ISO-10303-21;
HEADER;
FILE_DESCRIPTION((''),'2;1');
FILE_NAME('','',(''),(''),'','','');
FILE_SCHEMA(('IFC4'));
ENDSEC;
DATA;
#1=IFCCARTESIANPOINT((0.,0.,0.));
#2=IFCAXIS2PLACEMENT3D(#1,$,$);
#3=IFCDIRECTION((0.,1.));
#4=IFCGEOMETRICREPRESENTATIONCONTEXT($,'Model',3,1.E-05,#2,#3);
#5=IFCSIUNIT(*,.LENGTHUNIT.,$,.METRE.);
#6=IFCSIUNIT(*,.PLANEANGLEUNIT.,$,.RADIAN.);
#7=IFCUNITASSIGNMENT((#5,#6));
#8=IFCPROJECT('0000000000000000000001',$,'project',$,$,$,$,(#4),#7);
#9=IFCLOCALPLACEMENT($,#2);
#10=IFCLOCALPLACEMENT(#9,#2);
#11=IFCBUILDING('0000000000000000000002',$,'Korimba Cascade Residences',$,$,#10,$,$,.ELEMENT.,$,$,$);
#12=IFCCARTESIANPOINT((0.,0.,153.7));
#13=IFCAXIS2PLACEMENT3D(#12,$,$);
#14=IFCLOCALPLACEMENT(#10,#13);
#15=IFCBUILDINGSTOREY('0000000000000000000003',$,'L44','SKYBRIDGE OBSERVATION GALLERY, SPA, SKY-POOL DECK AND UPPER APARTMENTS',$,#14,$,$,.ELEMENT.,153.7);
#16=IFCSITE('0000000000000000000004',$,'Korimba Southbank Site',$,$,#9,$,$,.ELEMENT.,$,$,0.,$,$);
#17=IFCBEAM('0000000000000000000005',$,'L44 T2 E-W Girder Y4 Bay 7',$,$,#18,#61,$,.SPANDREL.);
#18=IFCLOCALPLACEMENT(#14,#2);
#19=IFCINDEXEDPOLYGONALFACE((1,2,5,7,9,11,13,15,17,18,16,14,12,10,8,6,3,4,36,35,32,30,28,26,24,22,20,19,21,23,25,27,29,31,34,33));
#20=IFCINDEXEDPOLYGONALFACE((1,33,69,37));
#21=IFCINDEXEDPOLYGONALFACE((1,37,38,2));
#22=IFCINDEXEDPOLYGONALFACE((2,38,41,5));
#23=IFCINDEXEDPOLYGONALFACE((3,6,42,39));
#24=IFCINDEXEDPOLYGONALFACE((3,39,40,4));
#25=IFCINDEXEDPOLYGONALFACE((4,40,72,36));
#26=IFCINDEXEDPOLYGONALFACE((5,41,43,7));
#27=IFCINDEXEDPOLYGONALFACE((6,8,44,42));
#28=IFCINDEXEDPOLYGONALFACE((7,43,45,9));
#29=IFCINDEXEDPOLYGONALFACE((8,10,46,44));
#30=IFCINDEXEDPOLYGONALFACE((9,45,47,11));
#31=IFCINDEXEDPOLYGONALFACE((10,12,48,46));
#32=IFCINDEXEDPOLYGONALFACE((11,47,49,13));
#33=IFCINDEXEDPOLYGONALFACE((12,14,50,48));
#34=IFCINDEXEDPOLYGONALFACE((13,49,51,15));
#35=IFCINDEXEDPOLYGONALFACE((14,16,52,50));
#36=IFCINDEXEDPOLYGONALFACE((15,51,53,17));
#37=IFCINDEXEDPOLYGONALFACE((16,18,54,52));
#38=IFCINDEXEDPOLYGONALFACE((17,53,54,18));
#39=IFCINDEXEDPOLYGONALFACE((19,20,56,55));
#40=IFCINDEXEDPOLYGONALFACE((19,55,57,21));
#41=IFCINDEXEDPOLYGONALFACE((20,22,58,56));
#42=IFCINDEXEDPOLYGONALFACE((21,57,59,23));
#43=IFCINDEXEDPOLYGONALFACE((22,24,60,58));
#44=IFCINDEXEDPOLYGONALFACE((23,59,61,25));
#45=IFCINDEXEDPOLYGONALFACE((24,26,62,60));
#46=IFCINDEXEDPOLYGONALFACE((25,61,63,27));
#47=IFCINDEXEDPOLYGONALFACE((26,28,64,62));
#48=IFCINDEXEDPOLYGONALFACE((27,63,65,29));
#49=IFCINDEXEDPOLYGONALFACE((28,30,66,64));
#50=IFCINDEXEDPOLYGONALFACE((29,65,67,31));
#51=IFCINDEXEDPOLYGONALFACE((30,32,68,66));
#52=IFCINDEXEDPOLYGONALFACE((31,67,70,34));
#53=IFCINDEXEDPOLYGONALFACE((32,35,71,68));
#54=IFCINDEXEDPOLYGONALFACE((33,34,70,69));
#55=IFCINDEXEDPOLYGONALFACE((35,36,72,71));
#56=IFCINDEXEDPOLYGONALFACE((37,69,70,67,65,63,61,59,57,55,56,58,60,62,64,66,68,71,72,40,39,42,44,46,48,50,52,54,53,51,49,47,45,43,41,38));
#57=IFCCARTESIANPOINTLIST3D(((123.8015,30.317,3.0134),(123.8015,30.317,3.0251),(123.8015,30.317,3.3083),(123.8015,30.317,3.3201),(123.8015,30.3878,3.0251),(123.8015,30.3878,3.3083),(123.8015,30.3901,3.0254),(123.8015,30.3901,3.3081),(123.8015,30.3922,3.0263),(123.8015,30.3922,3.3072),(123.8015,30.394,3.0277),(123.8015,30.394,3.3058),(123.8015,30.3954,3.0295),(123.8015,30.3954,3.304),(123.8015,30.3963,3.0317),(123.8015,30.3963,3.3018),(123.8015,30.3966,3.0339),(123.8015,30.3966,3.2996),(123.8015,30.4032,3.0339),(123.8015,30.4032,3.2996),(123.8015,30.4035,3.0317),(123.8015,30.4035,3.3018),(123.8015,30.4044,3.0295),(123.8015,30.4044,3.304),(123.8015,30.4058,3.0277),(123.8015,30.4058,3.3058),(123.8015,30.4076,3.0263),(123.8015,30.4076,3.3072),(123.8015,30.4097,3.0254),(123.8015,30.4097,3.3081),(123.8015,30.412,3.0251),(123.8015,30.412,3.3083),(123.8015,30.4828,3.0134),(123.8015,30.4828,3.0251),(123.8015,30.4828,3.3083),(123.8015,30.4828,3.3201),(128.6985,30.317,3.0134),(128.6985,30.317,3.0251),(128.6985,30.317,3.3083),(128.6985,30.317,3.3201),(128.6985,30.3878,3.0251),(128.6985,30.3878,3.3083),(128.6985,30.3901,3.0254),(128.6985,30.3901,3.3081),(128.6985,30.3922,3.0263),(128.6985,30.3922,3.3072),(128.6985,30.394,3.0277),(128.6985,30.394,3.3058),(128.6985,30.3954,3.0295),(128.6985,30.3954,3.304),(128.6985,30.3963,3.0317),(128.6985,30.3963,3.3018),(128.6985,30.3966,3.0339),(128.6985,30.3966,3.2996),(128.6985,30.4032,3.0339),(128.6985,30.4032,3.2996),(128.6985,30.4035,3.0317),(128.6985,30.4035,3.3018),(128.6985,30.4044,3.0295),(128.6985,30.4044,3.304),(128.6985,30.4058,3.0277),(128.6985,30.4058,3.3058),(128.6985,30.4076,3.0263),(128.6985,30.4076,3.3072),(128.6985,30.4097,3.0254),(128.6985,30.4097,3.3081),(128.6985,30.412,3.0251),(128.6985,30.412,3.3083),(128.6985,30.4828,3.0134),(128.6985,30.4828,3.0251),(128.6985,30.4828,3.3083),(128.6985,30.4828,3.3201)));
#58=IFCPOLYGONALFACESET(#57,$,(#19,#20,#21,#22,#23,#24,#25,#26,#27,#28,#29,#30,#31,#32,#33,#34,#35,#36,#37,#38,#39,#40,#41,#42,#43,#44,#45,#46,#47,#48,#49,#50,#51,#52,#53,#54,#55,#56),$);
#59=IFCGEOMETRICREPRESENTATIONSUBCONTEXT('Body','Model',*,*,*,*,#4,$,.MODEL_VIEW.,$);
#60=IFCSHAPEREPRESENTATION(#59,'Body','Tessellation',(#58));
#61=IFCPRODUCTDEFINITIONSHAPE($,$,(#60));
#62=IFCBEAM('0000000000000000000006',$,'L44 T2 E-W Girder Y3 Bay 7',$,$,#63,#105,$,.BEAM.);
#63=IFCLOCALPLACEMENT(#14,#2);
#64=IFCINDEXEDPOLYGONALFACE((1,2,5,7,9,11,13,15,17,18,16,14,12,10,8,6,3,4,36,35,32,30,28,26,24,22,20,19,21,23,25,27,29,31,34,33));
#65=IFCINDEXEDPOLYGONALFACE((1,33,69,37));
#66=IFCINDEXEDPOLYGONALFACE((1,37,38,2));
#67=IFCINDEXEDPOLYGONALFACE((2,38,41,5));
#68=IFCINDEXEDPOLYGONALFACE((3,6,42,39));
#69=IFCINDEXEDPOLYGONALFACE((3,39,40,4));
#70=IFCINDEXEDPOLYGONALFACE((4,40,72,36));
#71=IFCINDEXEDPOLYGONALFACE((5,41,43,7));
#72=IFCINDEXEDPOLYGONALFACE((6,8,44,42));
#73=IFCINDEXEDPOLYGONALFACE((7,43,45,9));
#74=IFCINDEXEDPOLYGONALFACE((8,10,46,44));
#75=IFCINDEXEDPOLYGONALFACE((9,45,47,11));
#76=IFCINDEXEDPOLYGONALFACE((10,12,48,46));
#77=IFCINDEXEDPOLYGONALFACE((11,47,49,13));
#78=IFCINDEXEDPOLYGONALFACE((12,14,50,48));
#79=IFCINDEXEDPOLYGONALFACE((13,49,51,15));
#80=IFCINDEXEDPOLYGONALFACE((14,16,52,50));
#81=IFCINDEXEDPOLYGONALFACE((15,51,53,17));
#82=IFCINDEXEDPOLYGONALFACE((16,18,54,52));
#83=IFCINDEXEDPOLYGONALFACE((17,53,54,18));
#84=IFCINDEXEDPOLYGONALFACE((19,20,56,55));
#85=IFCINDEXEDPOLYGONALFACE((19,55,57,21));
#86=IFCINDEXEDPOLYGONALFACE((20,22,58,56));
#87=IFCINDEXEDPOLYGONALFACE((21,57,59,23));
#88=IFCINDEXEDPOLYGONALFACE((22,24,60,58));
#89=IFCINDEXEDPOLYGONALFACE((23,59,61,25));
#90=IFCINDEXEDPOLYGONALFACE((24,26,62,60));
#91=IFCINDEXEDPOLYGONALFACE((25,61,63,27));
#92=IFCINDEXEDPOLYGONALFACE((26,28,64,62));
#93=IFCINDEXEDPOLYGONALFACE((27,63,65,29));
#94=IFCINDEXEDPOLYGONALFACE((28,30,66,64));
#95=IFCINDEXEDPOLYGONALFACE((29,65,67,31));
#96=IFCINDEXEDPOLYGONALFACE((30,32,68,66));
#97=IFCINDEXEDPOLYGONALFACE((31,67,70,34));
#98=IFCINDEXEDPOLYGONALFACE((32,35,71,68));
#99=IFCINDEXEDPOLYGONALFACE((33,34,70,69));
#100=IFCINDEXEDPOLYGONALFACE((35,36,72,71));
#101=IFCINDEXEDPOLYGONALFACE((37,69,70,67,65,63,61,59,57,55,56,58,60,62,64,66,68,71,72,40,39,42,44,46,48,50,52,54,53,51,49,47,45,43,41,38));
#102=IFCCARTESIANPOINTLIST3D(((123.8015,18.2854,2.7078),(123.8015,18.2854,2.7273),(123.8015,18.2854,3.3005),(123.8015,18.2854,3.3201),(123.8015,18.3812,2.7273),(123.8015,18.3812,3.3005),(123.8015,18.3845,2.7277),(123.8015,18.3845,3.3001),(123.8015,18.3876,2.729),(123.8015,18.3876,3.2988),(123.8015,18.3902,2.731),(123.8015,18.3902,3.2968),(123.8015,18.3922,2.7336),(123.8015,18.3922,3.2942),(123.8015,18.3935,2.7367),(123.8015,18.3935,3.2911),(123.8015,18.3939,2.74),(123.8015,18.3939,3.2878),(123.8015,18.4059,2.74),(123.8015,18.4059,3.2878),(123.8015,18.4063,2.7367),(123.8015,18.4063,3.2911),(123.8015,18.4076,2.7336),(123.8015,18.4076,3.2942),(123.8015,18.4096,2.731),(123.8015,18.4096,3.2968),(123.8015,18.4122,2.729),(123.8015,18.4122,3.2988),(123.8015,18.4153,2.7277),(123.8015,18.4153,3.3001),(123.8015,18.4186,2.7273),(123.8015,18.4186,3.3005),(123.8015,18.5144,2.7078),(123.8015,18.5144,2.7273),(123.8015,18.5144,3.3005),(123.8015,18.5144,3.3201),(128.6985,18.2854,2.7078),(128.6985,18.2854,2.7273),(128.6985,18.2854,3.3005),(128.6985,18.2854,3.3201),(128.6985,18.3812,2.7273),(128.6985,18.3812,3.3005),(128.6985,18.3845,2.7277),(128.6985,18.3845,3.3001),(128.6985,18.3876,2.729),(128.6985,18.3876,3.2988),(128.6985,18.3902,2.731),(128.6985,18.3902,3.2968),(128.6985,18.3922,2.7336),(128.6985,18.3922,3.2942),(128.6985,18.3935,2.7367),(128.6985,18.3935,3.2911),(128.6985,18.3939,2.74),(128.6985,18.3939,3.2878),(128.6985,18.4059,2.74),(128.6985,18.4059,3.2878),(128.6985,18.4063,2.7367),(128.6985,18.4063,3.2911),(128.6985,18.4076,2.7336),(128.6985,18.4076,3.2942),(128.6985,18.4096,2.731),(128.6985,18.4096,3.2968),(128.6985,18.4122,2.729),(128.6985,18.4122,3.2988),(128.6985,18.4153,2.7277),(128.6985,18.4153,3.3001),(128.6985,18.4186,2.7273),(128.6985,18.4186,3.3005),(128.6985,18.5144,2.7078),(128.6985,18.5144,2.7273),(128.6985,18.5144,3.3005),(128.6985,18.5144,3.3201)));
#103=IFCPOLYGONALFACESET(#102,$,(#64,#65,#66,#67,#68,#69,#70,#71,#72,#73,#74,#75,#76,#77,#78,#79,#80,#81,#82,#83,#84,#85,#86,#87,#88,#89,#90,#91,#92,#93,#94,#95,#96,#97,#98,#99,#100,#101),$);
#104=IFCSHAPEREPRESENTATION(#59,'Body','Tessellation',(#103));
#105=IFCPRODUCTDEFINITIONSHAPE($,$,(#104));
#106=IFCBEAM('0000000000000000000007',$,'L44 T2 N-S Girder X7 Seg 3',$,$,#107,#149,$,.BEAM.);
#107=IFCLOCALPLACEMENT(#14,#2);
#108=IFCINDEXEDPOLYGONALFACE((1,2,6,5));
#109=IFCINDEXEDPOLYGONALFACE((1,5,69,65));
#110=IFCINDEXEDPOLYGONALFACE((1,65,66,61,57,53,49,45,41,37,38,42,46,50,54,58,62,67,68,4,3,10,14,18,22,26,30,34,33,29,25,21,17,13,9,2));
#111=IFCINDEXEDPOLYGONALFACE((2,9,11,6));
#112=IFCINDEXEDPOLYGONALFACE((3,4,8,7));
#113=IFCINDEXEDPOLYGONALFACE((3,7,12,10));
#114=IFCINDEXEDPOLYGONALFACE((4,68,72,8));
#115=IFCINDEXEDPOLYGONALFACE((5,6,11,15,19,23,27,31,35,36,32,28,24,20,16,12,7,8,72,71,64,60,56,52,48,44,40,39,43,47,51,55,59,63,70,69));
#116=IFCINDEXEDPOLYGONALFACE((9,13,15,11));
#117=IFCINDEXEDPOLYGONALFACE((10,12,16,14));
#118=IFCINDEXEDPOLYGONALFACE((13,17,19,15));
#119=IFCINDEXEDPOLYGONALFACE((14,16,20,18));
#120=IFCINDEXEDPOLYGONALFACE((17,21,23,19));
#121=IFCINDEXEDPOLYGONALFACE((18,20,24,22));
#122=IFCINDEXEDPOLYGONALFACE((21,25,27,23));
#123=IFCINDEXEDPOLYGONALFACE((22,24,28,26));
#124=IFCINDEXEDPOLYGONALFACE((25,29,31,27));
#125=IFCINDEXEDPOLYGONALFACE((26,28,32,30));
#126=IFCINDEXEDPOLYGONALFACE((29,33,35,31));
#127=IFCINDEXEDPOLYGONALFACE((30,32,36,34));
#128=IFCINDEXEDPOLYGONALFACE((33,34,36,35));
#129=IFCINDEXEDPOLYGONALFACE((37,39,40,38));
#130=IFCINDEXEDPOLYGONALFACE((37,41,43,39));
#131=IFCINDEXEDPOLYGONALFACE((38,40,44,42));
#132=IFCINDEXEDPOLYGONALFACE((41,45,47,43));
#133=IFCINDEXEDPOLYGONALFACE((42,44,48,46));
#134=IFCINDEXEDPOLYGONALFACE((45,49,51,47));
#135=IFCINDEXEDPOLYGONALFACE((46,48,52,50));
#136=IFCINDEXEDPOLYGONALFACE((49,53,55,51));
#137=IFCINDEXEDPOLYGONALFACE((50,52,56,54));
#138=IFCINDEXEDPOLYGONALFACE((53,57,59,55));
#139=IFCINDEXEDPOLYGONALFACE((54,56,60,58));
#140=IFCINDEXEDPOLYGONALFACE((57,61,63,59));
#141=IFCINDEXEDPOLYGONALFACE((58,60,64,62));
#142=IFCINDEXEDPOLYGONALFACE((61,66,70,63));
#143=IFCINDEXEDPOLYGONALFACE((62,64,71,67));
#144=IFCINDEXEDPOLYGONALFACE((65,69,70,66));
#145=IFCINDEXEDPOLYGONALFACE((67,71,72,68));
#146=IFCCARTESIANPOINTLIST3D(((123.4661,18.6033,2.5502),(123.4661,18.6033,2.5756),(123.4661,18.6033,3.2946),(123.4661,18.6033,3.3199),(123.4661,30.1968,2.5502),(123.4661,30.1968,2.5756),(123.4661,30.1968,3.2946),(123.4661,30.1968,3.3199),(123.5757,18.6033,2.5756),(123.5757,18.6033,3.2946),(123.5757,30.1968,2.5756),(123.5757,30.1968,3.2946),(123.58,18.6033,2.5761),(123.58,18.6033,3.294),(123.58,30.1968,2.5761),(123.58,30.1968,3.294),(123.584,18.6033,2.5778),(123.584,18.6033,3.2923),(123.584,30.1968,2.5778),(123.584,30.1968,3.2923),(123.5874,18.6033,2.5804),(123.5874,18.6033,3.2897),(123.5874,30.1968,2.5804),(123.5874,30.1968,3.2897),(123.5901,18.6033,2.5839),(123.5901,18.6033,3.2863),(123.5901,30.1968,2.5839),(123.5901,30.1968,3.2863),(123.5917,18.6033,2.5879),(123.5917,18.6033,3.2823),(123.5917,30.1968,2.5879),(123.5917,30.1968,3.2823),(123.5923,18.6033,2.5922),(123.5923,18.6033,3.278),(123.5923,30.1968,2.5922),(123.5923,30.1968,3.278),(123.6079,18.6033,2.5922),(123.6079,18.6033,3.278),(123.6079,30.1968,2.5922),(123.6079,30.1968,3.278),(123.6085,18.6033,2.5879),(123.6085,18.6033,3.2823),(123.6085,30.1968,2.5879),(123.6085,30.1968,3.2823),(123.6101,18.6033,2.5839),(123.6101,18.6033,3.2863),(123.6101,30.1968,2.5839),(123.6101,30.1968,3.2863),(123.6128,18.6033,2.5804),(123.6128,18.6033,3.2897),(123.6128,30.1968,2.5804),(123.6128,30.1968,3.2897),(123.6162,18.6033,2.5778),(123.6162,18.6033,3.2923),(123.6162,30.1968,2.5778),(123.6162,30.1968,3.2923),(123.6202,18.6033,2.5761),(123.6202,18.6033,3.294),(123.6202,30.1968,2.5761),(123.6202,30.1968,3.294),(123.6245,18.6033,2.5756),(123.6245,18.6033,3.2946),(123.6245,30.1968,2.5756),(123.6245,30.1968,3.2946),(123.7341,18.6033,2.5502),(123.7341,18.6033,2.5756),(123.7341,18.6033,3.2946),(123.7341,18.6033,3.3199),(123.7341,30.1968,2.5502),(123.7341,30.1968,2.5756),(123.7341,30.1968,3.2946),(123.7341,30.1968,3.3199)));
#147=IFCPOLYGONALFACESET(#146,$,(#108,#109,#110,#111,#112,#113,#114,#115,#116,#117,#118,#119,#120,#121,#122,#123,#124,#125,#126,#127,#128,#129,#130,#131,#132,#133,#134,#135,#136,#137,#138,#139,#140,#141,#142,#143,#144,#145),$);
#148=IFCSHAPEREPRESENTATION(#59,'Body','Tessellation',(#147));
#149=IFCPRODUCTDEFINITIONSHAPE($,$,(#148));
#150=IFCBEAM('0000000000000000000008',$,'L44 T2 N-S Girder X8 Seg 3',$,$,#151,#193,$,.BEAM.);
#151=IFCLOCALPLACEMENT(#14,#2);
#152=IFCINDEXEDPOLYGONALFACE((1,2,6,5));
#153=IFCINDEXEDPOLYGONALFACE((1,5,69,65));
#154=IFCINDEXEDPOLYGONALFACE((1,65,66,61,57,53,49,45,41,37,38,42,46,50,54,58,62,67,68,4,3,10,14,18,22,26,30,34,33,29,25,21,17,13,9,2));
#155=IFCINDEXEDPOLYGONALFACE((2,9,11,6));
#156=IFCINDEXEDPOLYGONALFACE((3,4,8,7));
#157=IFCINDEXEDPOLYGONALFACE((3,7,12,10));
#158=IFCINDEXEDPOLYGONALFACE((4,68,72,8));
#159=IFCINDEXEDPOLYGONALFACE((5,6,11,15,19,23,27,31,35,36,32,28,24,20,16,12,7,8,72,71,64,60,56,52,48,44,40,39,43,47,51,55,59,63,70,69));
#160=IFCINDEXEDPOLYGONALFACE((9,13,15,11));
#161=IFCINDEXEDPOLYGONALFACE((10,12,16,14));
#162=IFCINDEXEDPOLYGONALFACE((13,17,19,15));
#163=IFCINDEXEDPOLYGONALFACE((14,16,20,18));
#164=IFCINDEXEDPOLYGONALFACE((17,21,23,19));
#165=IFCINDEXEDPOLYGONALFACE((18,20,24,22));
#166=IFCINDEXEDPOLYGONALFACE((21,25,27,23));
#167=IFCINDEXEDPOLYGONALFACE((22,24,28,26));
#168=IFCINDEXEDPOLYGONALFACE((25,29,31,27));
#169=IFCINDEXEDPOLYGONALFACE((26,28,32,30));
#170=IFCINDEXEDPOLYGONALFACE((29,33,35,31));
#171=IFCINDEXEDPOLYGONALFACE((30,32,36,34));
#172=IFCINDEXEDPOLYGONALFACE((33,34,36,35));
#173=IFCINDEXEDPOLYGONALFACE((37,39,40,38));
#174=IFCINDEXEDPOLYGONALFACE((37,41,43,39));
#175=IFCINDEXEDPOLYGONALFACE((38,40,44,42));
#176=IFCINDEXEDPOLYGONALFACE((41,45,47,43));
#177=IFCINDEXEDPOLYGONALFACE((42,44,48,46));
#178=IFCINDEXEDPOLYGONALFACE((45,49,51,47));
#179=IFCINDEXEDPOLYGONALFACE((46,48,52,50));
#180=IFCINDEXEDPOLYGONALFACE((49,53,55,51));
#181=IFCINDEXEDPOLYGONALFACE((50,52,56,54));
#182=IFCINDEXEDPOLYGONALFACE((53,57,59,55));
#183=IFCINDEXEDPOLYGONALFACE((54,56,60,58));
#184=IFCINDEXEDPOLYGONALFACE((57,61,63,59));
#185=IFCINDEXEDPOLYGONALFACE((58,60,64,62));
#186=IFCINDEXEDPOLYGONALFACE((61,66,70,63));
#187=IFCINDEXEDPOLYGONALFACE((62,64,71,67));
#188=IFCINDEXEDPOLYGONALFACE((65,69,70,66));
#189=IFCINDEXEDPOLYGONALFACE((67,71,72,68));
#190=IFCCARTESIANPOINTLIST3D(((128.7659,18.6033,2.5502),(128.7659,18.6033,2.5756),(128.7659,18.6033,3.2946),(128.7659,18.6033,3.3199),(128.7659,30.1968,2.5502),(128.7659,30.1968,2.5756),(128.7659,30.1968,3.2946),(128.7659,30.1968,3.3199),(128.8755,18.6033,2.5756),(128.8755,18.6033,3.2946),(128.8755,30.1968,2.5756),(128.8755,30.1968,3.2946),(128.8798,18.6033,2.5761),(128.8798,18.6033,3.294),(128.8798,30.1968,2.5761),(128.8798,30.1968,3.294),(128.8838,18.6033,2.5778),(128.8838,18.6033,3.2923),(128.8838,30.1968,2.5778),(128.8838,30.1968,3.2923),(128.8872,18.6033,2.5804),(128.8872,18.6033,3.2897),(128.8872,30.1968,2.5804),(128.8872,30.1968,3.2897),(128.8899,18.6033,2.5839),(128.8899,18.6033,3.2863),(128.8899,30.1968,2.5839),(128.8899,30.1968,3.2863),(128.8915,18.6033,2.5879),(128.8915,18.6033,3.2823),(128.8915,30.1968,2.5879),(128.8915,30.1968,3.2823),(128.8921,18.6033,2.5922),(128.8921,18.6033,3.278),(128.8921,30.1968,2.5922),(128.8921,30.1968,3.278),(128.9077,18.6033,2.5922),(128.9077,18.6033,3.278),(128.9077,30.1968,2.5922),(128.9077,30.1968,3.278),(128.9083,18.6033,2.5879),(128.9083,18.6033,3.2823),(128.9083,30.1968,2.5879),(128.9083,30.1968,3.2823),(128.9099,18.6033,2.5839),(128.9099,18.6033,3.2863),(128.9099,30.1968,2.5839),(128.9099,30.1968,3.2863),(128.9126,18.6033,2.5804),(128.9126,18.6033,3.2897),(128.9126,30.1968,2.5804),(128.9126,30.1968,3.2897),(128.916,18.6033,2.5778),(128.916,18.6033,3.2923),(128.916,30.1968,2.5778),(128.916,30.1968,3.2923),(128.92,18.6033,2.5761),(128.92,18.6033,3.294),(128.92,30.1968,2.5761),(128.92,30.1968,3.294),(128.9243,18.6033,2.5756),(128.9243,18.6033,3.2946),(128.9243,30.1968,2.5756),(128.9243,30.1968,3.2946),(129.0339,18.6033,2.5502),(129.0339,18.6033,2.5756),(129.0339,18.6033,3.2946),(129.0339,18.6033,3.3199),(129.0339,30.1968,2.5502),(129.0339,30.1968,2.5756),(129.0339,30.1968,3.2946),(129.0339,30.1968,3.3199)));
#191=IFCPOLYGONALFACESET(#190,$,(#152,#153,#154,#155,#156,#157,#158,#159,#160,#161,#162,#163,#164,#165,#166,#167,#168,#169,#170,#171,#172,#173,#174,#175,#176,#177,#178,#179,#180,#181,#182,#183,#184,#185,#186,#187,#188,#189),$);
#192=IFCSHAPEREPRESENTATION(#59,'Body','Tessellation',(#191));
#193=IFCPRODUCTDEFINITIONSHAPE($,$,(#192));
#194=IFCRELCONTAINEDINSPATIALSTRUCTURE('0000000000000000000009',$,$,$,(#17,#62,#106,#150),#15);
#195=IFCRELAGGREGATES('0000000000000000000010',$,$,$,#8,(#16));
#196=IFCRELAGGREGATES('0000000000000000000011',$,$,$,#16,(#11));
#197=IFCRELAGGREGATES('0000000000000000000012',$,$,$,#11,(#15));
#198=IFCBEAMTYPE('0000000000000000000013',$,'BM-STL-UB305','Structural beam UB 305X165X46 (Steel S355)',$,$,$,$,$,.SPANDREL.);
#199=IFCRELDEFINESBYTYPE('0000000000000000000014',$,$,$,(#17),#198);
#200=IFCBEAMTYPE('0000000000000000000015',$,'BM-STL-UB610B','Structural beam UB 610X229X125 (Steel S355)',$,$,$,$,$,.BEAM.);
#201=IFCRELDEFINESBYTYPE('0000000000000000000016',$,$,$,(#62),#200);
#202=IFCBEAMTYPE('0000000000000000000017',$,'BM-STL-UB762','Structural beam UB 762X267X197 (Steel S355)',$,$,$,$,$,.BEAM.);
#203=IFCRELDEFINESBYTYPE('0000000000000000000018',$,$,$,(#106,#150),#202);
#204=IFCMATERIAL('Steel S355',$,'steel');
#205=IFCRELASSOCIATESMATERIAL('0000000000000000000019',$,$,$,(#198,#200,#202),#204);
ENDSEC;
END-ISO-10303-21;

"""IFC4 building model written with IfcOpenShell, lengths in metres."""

from ifc_helpers import new_model, si_unit, direction, frame, origin, origin_2d, place, context, subcontext, project, spatial, i_section, extrude, material, material_profile, profile_set, type_object, element, save


model = new_model("IFC4")

# Units and contexts
model_context = context("Model", 3, precision=1e-05, world=origin(), true_north=direction((0.0, 1.0)))
body_context = subcontext(model_context, "Body", "Model", "MODEL_VIEW")
ifc_project = project(units=[si_unit("LENGTHUNIT", "METRE"), si_unit("PLANEANGLEUNIT", "RADIAN")], contexts=[model_context])

# Site, building, storey
site_placement = place(None, origin())
site = spatial("IfcSite", under=ifc_project, at=site_placement, Name="Korimba Southbank Site", CompositionType="ELEMENT", RefElevation=0.0)
building_placement = place(site_placement, origin())
building = spatial("IfcBuilding", under=site, at=building_placement, Name="Korimba Cascade Residences", CompositionType="ELEMENT")
storey_placement = place(building_placement, frame((0.0, 0.0, 153.7)))
storey = spatial("IfcBuildingStorey", under=building, at=storey_placement, Name="L44", Description="SKYBRIDGE OBSERVATION GALLERY, SPA, SKY-POOL DECK AND UPPER APARTMENTS", CompositionType="ELEMENT", Elevation=153.7)

# Beams
ifc_material_1 = material(Name="Steel S355", Category="steel")
ifc_material_profile_1 = material_profile(ifc_material_1, i_section(OverallWidth=0.1658, OverallDepth=0.3066, WebThickness=0.0066, FlangeThickness=0.0117, FilletRadius=0.0088, at=origin_2d()), Name="Steel S355")
ifc_profile_set_1 = profile_set([ifc_material_profile_1], Name="Steel S355")
beam_type_1 = type_object("IfcBeamType", Name="BM-STL-UB305", Description="Structural beam UB 305X165X46 (Steel S355)", PredefinedType="SPANDREL", material=ifc_profile_set_1)
beam_1_placement = place(storey_placement, frame((123.8015, 30.3999, 3.1667), z_axis=(1.0, 0.0, 0.0), x_axis=(0.0, 1.0, 0.0)))
element("IfcBeam", 1, at=beam_1_placement, inside=storey, type_object=beam_type_1, Name="L44 T2 E-W Girder Y4 Bay 7", PredefinedType="SPANDREL", context=body_context, shape_type="SweptSolid", body=[
    extrude(i_section(OverallWidth=0.1658, OverallDepth=0.3066, WebThickness=0.0066, FlangeThickness=0.0117, FilletRadius=0.0088, at=origin_2d()), origin(), (0.0, 0.0, 1.0), 4.897),
])
ifc_material_profile_2 = material_profile(ifc_material_1, i_section(OverallWidth=0.229, OverallDepth=0.6123, WebThickness=0.012, FlangeThickness=0.0195, FilletRadius=0.0127, at=origin_2d()), Name="Steel S355")
ifc_profile_set_2 = profile_set([ifc_material_profile_2], Name="Steel S355")
beam_type_2 = type_object("IfcBeamType", Name="BM-STL-UB610B", Description="Structural beam UB 610X229X125 (Steel S355)", PredefinedType="BEAM", material=ifc_profile_set_2)
beam_2_placement = place(storey_placement, frame((123.8015, 18.3999, 3.0139), z_axis=(1.0, 0.0, 0.0), x_axis=(0.0, 1.0, 0.0)))
element("IfcBeam", 2, at=beam_2_placement, inside=storey, type_object=beam_type_2, Name="L44 T2 E-W Girder Y3 Bay 7", PredefinedType="BEAM", context=body_context, shape_type="SweptSolid", body=[
    extrude(i_section(OverallWidth=0.229, OverallDepth=0.6123, WebThickness=0.012, FlangeThickness=0.0195, FilletRadius=0.0127, at=origin_2d()), origin(), (0.0, 0.0, 1.0), 4.897),
])
ifc_material_profile_3 = material_profile(ifc_material_1, i_section(OverallWidth=0.2681, OverallDepth=0.7698, WebThickness=0.0156, FlangeThickness=0.0254, FilletRadius=0.0166, at=origin_2d()), Name="Steel S355")
ifc_profile_set_3 = profile_set([ifc_material_profile_3], Name="Steel S355")
beam_type_3 = type_object("IfcBeamType", Name="BM-STL-UB762", Description="Structural beam UB 762X267X197 (Steel S355)", PredefinedType="BEAM", material=ifc_profile_set_3)
for number, where, z_axis, x_axis, name in (
    (3, (123.6001, 18.6033, 2.9351), (0.0, 1.0, 0.0), (-1.0, 0.0, 0.0), "L44 T2 N-S Girder X7 Seg 3"),
    (4, (128.8999, 18.6033, 2.9351), (0.0, 1.0, 0.0), (-1.0, 0.0, 0.0), "L44 T2 N-S Girder X8 Seg 3"),
):
    element("IfcBeam", number, at=place(storey_placement, frame(where, z_axis=z_axis, x_axis=x_axis)), inside=storey, type_object=beam_type_3, Name=name, PredefinedType="BEAM", context=body_context, shape_type="SweptSolid", body=[
        extrude(i_section(OverallWidth=0.2681, OverallDepth=0.7698, WebThickness=0.0156, FlangeThickness=0.0254, FilletRadius=0.0166, at=origin_2d()), origin(), (0.0, 0.0, 1.0), 11.5935),
    ])

save(model, "model.ifc")
